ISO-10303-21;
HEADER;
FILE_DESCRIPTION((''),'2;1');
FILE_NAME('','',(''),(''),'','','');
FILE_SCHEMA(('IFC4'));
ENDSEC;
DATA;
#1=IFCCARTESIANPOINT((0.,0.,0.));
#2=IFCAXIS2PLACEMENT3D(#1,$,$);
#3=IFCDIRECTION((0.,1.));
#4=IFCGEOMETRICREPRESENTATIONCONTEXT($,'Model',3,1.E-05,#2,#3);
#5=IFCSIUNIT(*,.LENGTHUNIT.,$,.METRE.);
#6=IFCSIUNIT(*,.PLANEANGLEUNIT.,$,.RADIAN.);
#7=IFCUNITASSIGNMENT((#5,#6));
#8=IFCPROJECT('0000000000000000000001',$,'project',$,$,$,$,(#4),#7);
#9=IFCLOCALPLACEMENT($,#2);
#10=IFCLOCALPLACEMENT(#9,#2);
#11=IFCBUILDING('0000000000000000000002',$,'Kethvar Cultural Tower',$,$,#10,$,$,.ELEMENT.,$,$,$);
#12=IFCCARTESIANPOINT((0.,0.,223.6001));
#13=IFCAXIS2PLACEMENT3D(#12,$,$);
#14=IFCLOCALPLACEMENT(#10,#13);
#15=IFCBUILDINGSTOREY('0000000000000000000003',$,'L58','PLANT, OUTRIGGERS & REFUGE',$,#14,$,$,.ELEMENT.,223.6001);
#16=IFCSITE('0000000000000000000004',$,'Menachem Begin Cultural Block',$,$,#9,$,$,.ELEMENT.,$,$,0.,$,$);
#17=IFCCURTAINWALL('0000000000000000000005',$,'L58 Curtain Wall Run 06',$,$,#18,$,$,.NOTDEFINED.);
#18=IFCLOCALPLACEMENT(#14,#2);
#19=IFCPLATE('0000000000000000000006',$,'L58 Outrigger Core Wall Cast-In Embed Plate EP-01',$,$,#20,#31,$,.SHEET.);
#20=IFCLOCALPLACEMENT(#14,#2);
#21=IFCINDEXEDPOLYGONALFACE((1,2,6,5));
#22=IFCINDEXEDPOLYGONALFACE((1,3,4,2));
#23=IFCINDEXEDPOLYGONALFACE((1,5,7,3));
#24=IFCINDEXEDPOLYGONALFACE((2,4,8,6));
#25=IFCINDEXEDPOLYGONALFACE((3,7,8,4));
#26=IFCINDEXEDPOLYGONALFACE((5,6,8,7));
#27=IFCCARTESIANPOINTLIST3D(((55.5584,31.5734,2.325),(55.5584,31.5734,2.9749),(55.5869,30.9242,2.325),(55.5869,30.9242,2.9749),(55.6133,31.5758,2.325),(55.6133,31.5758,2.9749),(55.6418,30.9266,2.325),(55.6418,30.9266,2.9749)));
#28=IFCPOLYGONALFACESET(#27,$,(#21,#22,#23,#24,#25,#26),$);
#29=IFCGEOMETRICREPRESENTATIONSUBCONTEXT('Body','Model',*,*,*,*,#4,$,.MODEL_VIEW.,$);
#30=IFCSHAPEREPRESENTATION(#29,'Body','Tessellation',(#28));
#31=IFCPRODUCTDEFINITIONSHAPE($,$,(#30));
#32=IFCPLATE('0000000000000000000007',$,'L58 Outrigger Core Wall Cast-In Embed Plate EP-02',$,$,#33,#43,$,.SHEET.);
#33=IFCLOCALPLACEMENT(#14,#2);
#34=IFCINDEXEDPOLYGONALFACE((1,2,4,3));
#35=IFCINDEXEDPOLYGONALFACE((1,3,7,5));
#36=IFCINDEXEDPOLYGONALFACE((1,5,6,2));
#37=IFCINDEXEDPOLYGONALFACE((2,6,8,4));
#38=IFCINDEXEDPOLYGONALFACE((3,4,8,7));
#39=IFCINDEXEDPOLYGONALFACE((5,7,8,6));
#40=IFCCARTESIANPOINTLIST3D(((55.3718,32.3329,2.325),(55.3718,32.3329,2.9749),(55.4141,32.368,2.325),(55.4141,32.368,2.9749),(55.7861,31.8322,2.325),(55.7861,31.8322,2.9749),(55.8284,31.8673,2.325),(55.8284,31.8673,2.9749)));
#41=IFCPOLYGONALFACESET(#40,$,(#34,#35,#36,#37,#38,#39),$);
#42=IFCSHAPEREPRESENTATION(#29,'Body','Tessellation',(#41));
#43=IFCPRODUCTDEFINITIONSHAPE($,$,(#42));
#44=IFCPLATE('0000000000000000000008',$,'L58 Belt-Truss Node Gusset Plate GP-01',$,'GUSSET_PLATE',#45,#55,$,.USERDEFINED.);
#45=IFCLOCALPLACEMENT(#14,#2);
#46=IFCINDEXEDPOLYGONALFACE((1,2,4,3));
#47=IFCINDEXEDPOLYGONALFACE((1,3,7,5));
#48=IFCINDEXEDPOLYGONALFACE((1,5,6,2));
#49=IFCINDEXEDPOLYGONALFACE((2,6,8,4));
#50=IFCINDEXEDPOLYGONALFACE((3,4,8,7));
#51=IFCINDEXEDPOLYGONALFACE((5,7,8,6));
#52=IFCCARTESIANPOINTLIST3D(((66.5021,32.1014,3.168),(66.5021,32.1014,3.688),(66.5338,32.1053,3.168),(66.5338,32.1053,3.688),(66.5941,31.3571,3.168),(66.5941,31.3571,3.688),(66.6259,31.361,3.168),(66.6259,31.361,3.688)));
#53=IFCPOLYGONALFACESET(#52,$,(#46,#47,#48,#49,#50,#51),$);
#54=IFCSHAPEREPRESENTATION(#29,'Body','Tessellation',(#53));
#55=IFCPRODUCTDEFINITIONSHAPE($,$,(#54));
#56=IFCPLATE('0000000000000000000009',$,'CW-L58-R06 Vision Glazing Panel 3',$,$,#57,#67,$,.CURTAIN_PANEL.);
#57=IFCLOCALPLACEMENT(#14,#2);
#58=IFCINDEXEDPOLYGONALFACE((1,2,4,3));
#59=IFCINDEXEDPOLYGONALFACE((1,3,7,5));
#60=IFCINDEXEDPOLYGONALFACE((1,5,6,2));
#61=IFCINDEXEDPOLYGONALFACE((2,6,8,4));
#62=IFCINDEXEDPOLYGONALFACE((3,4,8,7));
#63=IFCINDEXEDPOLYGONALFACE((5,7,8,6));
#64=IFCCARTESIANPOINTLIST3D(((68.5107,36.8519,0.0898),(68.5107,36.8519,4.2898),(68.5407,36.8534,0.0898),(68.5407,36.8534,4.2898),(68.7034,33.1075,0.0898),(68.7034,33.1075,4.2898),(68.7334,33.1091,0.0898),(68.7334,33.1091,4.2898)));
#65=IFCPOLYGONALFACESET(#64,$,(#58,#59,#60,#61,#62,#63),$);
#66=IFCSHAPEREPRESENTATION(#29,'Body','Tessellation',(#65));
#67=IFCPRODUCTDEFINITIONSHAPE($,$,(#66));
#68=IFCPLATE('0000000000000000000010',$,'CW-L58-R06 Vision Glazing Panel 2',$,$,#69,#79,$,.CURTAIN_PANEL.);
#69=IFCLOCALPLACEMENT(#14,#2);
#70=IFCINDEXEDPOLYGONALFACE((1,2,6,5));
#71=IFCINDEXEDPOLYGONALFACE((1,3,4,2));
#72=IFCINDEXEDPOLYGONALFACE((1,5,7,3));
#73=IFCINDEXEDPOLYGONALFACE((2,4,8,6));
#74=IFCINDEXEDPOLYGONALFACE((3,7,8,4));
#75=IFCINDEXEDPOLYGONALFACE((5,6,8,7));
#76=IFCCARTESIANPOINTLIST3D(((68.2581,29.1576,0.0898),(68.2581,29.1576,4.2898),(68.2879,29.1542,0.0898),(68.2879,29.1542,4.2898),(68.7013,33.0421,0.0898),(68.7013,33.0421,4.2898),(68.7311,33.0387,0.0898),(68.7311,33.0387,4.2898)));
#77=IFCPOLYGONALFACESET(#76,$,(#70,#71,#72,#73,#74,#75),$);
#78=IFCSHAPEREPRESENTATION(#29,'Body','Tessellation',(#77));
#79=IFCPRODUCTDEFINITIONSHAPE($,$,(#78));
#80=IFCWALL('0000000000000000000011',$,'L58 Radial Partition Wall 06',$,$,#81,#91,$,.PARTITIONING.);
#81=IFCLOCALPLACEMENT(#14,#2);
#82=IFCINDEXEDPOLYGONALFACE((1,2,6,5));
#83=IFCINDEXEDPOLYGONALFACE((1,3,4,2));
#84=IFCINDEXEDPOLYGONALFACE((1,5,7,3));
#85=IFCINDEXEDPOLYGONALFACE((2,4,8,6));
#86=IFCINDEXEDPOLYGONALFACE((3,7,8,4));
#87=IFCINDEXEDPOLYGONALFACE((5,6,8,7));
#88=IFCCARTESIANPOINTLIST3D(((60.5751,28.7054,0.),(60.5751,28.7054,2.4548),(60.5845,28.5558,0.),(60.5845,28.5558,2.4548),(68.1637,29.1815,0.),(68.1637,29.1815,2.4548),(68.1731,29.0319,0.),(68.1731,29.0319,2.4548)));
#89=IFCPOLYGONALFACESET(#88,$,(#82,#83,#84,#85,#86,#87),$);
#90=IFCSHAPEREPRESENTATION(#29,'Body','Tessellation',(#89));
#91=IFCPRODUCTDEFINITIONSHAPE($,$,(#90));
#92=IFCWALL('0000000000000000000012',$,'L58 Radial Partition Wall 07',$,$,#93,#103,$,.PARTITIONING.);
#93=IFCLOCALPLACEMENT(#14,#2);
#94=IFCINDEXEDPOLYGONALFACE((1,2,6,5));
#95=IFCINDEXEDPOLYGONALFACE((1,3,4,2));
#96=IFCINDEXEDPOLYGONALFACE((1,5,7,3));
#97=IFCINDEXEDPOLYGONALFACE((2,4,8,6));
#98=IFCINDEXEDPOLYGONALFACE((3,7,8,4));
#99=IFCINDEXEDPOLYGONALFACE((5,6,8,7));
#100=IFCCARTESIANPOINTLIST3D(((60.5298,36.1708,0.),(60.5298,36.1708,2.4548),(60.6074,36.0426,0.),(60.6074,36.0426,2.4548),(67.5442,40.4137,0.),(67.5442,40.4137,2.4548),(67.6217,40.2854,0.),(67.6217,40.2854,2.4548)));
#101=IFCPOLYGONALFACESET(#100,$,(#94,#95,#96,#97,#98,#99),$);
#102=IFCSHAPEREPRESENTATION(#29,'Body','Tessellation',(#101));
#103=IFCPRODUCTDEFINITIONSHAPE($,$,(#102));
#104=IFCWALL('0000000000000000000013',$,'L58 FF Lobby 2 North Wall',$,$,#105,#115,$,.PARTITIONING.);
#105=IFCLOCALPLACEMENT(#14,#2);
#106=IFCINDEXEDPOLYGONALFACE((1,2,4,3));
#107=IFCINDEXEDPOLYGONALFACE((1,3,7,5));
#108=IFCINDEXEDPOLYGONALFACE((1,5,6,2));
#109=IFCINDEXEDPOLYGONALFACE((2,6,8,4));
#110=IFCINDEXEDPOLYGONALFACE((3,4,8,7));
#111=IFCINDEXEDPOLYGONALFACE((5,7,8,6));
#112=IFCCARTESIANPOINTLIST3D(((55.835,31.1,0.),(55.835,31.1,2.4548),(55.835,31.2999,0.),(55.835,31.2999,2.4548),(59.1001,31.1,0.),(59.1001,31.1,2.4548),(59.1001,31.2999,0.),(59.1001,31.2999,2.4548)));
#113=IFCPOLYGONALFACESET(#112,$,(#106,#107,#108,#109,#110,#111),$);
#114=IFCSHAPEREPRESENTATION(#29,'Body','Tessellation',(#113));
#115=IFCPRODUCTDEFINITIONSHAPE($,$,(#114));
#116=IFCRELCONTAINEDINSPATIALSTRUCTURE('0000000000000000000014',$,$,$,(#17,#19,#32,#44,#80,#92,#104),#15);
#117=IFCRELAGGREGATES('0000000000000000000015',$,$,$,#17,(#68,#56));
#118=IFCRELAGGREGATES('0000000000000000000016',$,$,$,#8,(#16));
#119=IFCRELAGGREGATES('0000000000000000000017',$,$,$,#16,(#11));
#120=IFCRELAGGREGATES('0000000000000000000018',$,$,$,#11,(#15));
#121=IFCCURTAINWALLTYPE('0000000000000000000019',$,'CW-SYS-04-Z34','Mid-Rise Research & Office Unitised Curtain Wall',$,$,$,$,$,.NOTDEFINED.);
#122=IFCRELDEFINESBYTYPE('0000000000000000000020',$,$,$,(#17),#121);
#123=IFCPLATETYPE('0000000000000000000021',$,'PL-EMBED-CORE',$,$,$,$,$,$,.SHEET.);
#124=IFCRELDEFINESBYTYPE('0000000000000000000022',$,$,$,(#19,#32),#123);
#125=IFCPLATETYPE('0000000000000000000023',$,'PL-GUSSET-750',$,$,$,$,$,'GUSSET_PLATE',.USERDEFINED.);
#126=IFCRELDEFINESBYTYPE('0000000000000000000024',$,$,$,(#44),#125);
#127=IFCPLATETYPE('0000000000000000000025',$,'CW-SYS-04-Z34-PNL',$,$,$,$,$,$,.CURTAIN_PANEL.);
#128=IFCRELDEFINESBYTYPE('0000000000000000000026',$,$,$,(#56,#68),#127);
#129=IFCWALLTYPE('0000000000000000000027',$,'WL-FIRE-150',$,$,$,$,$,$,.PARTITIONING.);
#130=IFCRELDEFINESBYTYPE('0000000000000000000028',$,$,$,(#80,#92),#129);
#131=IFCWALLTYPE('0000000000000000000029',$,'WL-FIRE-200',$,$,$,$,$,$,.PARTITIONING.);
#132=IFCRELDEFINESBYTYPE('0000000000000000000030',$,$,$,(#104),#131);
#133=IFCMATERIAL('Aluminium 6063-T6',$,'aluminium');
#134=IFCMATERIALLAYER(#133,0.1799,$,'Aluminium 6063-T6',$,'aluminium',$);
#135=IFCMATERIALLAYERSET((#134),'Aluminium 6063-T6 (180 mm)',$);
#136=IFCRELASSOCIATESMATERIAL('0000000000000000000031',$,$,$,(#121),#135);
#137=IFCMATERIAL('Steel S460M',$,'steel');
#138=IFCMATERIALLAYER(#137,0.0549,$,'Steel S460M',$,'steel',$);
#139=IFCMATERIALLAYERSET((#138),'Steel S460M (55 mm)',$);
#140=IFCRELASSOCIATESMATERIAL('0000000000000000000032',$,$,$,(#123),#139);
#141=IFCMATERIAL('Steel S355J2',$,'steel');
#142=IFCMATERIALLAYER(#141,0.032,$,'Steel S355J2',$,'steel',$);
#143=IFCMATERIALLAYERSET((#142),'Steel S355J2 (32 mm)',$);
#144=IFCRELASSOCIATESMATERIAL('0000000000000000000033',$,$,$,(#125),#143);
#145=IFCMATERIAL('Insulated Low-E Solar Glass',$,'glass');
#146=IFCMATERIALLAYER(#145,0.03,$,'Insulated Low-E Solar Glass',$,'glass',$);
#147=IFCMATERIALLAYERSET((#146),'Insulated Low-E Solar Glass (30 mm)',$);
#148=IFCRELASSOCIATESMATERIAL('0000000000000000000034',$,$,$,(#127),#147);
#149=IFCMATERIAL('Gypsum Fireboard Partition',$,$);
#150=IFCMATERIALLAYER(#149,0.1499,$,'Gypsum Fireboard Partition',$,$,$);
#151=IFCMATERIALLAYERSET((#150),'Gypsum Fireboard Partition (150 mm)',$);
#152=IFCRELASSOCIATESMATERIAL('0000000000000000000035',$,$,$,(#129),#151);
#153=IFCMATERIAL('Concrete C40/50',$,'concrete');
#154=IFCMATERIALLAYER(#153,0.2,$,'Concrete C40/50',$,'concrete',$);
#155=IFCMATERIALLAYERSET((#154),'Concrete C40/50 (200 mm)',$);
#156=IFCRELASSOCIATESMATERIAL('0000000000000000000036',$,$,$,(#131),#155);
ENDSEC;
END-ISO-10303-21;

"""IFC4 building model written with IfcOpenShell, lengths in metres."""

from ifc_helpers import new_model, si_unit, direction, frame, frame_2d, origin, origin_2d, place, context, subcontext, project, spatial, rectangle, extrude, source, transform, mapped, material, layer, layer_set, type_object, element, aggregate, save


model = new_model("IFC4")

# Units and contexts
model_context = context("Model", 3, precision=1e-05, world=origin(), true_north=direction((0.0, 1.0)))
body_context = subcontext(model_context, "Body", "Model", "MODEL_VIEW")
ifc_project = project(units=[si_unit("LENGTHUNIT", "METRE"), si_unit("PLANEANGLEUNIT", "RADIAN")], contexts=[model_context])

# Site, building, storey
site_placement = place(None, origin())
site = spatial("IfcSite", under=ifc_project, at=site_placement, Name="Menachem Begin Cultural Block", CompositionType="ELEMENT", RefElevation=0.0)
building_placement = place(site_placement, origin())
building = spatial("IfcBuilding", under=site, at=building_placement, Name="Kethvar Cultural Tower", CompositionType="ELEMENT")
storey_placement = place(building_placement, frame((0.0, 0.0, 223.6001)))
storey = spatial("IfcBuildingStorey", under=building, at=storey_placement, Name="L58", Description="PLANT, OUTRIGGERS & REFUGE", CompositionType="ELEMENT", Elevation=223.6001)

# Shared definitions
ifc_material_1 = material(Name="Steel S460M", Category="steel")

# Shared definitions
ifc_material_2 = material(Name="Steel S355J2", Category="steel")

# Curtain wall
ifc_material_3 = material(Name="Aluminium 6063-T6", Category="aluminium")
ifc_layer_1 = layer(ifc_material_3, 0.1799, Name="Aluminium 6063-T6", Category="aluminium")
ifc_layer_set_1 = layer_set([ifc_layer_1], Name="Aluminium 6063-T6 (180 mm)")
curtain_wall_type = type_object("IfcCurtainWallType", Name="CW-SYS-04-Z34", Description="Mid-Rise Research & Office Unitised Curtain Wall", PredefinedType="NOTDEFINED", material=ifc_layer_set_1)
curtain_wall_placement = place(storey_placement, origin())
curtain_wall = element("IfcCurtainWall", 1, at=curtain_wall_placement, inside=storey, type_object=curtain_wall_type, Name="L58 Curtain Wall Run 06", PredefinedType="NOTDEFINED")

# Plates
ifc_layer_2 = layer(ifc_material_1, 0.0549, Name="Steel S460M", Category="steel")
ifc_layer_set_2 = layer_set([ifc_layer_2], Name="Steel S460M (55 mm)")
plate_type_1 = type_object("IfcPlateType", Name="PL-EMBED-CORE", PredefinedType="SHEET", material=ifc_layer_set_2)
shared_shape_1 = source(origin(), body_context, "Body", "SweptSolid", [
    extrude(rectangle(XDim=0.0549, YDim=0.6499, at=origin_2d()), origin(), (0.0, 0.0, 1.0), 0.6499),
])
for number, where, z_axis, x_axis, name in (
    (2, (55.6001, 31.25, 2.325), (0.0, 0.0, 1.0), (0.999041, 0.043794, 0.0), "L58 Outrigger Core Wall Cast-In Embed Plate EP-01"),
    (3, (55.6001, 32.1001, 2.325), (0.0, 0.0, 1.0), (0.770402, 0.637558, 0.0), "L58 Outrigger Core Wall Cast-In Embed Plate EP-02"),
):
    element("IfcPlate", number, at=place(storey_placement, frame(where, z_axis=z_axis, x_axis=x_axis)), inside=storey, type_object=plate_type_1, Name=name, PredefinedType="SHEET", context=body_context, shape_type="MappedRepresentation", body=[
        mapped(shared_shape_1, transform((0.0, 0.0, 0.0), scale=1.0)),
    ])
ifc_layer_3 = layer(ifc_material_2, 0.032, Name="Steel S355J2", Category="steel")
ifc_layer_set_3 = layer_set([ifc_layer_3], Name="Steel S355J2 (32 mm)")
plate_type_2 = type_object("IfcPlateType", Name="PL-GUSSET-750", ElementType="GUSSET_PLATE", PredefinedType="USERDEFINED", material=ifc_layer_set_3)
shared_shape_2 = source(origin(), body_context, "Body", "SweptSolid", [
    extrude(rectangle(XDim=0.75, YDim=0.032, at=origin_2d()), origin(), (0.0, 0.0, 1.0), 0.52),
])
plate_1_placement = place(storey_placement, frame((66.564, 31.7312, 3.168), z_axis=(0.0, 0.0, 1.0), x_axis=(-0.12278, 0.992434, 0.0)))
element("IfcPlate", 4, at=plate_1_placement, inside=storey, type_object=plate_type_2, Name="L58 Belt-Truss Node Gusset Plate GP-01", ObjectType="GUSSET_PLATE", PredefinedType="USERDEFINED", context=body_context, shape_type="MappedRepresentation", body=[
    mapped(shared_shape_2, transform((0.0, 0.0, 0.0), scale=1.0)),
])

# Plates
ifc_material_4 = material(Name="Insulated Low-E Solar Glass", Category="glass")
ifc_layer_4 = layer(ifc_material_4, 0.03, Name="Insulated Low-E Solar Glass", Category="glass")
ifc_layer_set_4 = layer_set([ifc_layer_4], Name="Insulated Low-E Solar Glass (30 mm)")
plate_type_3 = type_object("IfcPlateType", Name="CW-SYS-04-Z34-PNL", PredefinedType="CURTAIN_PANEL", material=ifc_layer_set_4)
shared_shape_3 = source(origin(), body_context, "Body", "SweptSolid", [
    extrude(rectangle(XDim=3.7493, YDim=0.03, at=origin_2d()), origin(), (0.0, 0.0, 1.0), 4.2),
])
plate_2_placement = place(storey_placement, frame((68.6221, 34.9805, 0.0898), z_axis=(0.0, 0.0, 1.0), x_axis=(-0.051395, 0.998678, 0.0)))
plate_2 = element("IfcPlate", 5, at=plate_2_placement, type_object=plate_type_3, Name="CW-L58-R06 Vision Glazing Panel 3", PredefinedType="CURTAIN_PANEL", context=body_context, shape_type="MappedRepresentation", body=[
    mapped(shared_shape_3, transform((0.0, 0.0, 0.0), scale=1.0)),
])
shared_shape_4 = source(origin(), body_context, "Body", "SweptSolid", [
    extrude(rectangle(XDim=3.9097, YDim=0.03, at=origin_2d()), origin(), (0.0, 0.0, 1.0), 4.2),
])
plate_3_placement = place(storey_placement, frame((68.4946, 31.0981, 0.0898), z_axis=(0.0, 0.0, 1.0), x_axis=(0.113359, 0.993554, 0.0)))
plate_3 = element("IfcPlate", 6, at=plate_3_placement, type_object=plate_type_3, Name="CW-L58-R06 Vision Glazing Panel 2", PredefinedType="CURTAIN_PANEL", context=body_context, shape_type="MappedRepresentation", body=[
    mapped(shared_shape_4, transform((0.0, 0.0, 0.0), scale=1.0)),
])
aggregate(curtain_wall, [plate_3, plate_2])

# Walls
ifc_material_5 = material(Name="Gypsum Fireboard Partition")
ifc_layer_5 = layer(ifc_material_5, 0.1499, Name="Gypsum Fireboard Partition")
ifc_layer_set_5 = layer_set([ifc_layer_5], Name="Gypsum Fireboard Partition (150 mm)")
wall_type_1 = type_object("IfcWallType", Name="WL-FIRE-150", PredefinedType="PARTITIONING", material=ifc_layer_set_5)
wall_1_placement = place(storey_placement, frame((60.5798, 28.6306, 0.0), z_axis=(0.0, 0.0, 1.0), x_axis=(0.998038, 0.062612, 0.0)))
element("IfcWall", 7, at=wall_1_placement, inside=storey, type_object=wall_type_1, Name="L58 Radial Partition Wall 06", PredefinedType="PARTITIONING", context=body_context, shape_type="SweptSolid", body=[
    extrude(rectangle(XDim=7.6035, YDim=0.1499, at=frame_2d((3.8018, 0.0))), origin(), (0.0, 0.0, 1.0), 2.4548),
])
wall_2_placement = place(storey_placement, frame((60.5686, 36.1067, 0.0), z_axis=(0.0, 0.0, 1.0), x_axis=(0.855643, 0.517567, 0.0)))
element("IfcWall", 8, at=wall_2_placement, inside=storey, type_object=wall_type_1, Name="L58 Radial Partition Wall 07", PredefinedType="PARTITIONING", context=body_context, shape_type="SweptSolid", body=[
    extrude(rectangle(XDim=8.1978, YDim=0.1499, at=frame_2d((4.0989, 0.0))), origin(), (0.0, 0.0, 1.0), 2.4548),
])
ifc_material_6 = material(Name="Concrete C40/50", Category="concrete")
ifc_layer_6 = layer(ifc_material_6, 0.2, Name="Concrete C40/50", Category="concrete")
ifc_layer_set_6 = layer_set([ifc_layer_6], Name="Concrete C40/50 (200 mm)")
wall_type_2 = type_object("IfcWallType", Name="WL-FIRE-200", PredefinedType="PARTITIONING", material=ifc_layer_set_6)
wall_3_placement = place(storey_placement, frame((55.835, 31.2, 0.0), z_axis=(0.0, 0.0, 1.0), x_axis=(1.0, 0.0, 0.0)))
element("IfcWall", 9, at=wall_3_placement, inside=storey, type_object=wall_type_2, Name="L58 FF Lobby 2 North Wall", PredefinedType="PARTITIONING", context=body_context, shape_type="SweptSolid", body=[
    extrude(rectangle(XDim=3.2651, YDim=0.2, at=frame_2d((1.6326, 0.0))), origin(), (0.0, 0.0, 1.0), 2.4548),
])

save(model, "model.ifc")
